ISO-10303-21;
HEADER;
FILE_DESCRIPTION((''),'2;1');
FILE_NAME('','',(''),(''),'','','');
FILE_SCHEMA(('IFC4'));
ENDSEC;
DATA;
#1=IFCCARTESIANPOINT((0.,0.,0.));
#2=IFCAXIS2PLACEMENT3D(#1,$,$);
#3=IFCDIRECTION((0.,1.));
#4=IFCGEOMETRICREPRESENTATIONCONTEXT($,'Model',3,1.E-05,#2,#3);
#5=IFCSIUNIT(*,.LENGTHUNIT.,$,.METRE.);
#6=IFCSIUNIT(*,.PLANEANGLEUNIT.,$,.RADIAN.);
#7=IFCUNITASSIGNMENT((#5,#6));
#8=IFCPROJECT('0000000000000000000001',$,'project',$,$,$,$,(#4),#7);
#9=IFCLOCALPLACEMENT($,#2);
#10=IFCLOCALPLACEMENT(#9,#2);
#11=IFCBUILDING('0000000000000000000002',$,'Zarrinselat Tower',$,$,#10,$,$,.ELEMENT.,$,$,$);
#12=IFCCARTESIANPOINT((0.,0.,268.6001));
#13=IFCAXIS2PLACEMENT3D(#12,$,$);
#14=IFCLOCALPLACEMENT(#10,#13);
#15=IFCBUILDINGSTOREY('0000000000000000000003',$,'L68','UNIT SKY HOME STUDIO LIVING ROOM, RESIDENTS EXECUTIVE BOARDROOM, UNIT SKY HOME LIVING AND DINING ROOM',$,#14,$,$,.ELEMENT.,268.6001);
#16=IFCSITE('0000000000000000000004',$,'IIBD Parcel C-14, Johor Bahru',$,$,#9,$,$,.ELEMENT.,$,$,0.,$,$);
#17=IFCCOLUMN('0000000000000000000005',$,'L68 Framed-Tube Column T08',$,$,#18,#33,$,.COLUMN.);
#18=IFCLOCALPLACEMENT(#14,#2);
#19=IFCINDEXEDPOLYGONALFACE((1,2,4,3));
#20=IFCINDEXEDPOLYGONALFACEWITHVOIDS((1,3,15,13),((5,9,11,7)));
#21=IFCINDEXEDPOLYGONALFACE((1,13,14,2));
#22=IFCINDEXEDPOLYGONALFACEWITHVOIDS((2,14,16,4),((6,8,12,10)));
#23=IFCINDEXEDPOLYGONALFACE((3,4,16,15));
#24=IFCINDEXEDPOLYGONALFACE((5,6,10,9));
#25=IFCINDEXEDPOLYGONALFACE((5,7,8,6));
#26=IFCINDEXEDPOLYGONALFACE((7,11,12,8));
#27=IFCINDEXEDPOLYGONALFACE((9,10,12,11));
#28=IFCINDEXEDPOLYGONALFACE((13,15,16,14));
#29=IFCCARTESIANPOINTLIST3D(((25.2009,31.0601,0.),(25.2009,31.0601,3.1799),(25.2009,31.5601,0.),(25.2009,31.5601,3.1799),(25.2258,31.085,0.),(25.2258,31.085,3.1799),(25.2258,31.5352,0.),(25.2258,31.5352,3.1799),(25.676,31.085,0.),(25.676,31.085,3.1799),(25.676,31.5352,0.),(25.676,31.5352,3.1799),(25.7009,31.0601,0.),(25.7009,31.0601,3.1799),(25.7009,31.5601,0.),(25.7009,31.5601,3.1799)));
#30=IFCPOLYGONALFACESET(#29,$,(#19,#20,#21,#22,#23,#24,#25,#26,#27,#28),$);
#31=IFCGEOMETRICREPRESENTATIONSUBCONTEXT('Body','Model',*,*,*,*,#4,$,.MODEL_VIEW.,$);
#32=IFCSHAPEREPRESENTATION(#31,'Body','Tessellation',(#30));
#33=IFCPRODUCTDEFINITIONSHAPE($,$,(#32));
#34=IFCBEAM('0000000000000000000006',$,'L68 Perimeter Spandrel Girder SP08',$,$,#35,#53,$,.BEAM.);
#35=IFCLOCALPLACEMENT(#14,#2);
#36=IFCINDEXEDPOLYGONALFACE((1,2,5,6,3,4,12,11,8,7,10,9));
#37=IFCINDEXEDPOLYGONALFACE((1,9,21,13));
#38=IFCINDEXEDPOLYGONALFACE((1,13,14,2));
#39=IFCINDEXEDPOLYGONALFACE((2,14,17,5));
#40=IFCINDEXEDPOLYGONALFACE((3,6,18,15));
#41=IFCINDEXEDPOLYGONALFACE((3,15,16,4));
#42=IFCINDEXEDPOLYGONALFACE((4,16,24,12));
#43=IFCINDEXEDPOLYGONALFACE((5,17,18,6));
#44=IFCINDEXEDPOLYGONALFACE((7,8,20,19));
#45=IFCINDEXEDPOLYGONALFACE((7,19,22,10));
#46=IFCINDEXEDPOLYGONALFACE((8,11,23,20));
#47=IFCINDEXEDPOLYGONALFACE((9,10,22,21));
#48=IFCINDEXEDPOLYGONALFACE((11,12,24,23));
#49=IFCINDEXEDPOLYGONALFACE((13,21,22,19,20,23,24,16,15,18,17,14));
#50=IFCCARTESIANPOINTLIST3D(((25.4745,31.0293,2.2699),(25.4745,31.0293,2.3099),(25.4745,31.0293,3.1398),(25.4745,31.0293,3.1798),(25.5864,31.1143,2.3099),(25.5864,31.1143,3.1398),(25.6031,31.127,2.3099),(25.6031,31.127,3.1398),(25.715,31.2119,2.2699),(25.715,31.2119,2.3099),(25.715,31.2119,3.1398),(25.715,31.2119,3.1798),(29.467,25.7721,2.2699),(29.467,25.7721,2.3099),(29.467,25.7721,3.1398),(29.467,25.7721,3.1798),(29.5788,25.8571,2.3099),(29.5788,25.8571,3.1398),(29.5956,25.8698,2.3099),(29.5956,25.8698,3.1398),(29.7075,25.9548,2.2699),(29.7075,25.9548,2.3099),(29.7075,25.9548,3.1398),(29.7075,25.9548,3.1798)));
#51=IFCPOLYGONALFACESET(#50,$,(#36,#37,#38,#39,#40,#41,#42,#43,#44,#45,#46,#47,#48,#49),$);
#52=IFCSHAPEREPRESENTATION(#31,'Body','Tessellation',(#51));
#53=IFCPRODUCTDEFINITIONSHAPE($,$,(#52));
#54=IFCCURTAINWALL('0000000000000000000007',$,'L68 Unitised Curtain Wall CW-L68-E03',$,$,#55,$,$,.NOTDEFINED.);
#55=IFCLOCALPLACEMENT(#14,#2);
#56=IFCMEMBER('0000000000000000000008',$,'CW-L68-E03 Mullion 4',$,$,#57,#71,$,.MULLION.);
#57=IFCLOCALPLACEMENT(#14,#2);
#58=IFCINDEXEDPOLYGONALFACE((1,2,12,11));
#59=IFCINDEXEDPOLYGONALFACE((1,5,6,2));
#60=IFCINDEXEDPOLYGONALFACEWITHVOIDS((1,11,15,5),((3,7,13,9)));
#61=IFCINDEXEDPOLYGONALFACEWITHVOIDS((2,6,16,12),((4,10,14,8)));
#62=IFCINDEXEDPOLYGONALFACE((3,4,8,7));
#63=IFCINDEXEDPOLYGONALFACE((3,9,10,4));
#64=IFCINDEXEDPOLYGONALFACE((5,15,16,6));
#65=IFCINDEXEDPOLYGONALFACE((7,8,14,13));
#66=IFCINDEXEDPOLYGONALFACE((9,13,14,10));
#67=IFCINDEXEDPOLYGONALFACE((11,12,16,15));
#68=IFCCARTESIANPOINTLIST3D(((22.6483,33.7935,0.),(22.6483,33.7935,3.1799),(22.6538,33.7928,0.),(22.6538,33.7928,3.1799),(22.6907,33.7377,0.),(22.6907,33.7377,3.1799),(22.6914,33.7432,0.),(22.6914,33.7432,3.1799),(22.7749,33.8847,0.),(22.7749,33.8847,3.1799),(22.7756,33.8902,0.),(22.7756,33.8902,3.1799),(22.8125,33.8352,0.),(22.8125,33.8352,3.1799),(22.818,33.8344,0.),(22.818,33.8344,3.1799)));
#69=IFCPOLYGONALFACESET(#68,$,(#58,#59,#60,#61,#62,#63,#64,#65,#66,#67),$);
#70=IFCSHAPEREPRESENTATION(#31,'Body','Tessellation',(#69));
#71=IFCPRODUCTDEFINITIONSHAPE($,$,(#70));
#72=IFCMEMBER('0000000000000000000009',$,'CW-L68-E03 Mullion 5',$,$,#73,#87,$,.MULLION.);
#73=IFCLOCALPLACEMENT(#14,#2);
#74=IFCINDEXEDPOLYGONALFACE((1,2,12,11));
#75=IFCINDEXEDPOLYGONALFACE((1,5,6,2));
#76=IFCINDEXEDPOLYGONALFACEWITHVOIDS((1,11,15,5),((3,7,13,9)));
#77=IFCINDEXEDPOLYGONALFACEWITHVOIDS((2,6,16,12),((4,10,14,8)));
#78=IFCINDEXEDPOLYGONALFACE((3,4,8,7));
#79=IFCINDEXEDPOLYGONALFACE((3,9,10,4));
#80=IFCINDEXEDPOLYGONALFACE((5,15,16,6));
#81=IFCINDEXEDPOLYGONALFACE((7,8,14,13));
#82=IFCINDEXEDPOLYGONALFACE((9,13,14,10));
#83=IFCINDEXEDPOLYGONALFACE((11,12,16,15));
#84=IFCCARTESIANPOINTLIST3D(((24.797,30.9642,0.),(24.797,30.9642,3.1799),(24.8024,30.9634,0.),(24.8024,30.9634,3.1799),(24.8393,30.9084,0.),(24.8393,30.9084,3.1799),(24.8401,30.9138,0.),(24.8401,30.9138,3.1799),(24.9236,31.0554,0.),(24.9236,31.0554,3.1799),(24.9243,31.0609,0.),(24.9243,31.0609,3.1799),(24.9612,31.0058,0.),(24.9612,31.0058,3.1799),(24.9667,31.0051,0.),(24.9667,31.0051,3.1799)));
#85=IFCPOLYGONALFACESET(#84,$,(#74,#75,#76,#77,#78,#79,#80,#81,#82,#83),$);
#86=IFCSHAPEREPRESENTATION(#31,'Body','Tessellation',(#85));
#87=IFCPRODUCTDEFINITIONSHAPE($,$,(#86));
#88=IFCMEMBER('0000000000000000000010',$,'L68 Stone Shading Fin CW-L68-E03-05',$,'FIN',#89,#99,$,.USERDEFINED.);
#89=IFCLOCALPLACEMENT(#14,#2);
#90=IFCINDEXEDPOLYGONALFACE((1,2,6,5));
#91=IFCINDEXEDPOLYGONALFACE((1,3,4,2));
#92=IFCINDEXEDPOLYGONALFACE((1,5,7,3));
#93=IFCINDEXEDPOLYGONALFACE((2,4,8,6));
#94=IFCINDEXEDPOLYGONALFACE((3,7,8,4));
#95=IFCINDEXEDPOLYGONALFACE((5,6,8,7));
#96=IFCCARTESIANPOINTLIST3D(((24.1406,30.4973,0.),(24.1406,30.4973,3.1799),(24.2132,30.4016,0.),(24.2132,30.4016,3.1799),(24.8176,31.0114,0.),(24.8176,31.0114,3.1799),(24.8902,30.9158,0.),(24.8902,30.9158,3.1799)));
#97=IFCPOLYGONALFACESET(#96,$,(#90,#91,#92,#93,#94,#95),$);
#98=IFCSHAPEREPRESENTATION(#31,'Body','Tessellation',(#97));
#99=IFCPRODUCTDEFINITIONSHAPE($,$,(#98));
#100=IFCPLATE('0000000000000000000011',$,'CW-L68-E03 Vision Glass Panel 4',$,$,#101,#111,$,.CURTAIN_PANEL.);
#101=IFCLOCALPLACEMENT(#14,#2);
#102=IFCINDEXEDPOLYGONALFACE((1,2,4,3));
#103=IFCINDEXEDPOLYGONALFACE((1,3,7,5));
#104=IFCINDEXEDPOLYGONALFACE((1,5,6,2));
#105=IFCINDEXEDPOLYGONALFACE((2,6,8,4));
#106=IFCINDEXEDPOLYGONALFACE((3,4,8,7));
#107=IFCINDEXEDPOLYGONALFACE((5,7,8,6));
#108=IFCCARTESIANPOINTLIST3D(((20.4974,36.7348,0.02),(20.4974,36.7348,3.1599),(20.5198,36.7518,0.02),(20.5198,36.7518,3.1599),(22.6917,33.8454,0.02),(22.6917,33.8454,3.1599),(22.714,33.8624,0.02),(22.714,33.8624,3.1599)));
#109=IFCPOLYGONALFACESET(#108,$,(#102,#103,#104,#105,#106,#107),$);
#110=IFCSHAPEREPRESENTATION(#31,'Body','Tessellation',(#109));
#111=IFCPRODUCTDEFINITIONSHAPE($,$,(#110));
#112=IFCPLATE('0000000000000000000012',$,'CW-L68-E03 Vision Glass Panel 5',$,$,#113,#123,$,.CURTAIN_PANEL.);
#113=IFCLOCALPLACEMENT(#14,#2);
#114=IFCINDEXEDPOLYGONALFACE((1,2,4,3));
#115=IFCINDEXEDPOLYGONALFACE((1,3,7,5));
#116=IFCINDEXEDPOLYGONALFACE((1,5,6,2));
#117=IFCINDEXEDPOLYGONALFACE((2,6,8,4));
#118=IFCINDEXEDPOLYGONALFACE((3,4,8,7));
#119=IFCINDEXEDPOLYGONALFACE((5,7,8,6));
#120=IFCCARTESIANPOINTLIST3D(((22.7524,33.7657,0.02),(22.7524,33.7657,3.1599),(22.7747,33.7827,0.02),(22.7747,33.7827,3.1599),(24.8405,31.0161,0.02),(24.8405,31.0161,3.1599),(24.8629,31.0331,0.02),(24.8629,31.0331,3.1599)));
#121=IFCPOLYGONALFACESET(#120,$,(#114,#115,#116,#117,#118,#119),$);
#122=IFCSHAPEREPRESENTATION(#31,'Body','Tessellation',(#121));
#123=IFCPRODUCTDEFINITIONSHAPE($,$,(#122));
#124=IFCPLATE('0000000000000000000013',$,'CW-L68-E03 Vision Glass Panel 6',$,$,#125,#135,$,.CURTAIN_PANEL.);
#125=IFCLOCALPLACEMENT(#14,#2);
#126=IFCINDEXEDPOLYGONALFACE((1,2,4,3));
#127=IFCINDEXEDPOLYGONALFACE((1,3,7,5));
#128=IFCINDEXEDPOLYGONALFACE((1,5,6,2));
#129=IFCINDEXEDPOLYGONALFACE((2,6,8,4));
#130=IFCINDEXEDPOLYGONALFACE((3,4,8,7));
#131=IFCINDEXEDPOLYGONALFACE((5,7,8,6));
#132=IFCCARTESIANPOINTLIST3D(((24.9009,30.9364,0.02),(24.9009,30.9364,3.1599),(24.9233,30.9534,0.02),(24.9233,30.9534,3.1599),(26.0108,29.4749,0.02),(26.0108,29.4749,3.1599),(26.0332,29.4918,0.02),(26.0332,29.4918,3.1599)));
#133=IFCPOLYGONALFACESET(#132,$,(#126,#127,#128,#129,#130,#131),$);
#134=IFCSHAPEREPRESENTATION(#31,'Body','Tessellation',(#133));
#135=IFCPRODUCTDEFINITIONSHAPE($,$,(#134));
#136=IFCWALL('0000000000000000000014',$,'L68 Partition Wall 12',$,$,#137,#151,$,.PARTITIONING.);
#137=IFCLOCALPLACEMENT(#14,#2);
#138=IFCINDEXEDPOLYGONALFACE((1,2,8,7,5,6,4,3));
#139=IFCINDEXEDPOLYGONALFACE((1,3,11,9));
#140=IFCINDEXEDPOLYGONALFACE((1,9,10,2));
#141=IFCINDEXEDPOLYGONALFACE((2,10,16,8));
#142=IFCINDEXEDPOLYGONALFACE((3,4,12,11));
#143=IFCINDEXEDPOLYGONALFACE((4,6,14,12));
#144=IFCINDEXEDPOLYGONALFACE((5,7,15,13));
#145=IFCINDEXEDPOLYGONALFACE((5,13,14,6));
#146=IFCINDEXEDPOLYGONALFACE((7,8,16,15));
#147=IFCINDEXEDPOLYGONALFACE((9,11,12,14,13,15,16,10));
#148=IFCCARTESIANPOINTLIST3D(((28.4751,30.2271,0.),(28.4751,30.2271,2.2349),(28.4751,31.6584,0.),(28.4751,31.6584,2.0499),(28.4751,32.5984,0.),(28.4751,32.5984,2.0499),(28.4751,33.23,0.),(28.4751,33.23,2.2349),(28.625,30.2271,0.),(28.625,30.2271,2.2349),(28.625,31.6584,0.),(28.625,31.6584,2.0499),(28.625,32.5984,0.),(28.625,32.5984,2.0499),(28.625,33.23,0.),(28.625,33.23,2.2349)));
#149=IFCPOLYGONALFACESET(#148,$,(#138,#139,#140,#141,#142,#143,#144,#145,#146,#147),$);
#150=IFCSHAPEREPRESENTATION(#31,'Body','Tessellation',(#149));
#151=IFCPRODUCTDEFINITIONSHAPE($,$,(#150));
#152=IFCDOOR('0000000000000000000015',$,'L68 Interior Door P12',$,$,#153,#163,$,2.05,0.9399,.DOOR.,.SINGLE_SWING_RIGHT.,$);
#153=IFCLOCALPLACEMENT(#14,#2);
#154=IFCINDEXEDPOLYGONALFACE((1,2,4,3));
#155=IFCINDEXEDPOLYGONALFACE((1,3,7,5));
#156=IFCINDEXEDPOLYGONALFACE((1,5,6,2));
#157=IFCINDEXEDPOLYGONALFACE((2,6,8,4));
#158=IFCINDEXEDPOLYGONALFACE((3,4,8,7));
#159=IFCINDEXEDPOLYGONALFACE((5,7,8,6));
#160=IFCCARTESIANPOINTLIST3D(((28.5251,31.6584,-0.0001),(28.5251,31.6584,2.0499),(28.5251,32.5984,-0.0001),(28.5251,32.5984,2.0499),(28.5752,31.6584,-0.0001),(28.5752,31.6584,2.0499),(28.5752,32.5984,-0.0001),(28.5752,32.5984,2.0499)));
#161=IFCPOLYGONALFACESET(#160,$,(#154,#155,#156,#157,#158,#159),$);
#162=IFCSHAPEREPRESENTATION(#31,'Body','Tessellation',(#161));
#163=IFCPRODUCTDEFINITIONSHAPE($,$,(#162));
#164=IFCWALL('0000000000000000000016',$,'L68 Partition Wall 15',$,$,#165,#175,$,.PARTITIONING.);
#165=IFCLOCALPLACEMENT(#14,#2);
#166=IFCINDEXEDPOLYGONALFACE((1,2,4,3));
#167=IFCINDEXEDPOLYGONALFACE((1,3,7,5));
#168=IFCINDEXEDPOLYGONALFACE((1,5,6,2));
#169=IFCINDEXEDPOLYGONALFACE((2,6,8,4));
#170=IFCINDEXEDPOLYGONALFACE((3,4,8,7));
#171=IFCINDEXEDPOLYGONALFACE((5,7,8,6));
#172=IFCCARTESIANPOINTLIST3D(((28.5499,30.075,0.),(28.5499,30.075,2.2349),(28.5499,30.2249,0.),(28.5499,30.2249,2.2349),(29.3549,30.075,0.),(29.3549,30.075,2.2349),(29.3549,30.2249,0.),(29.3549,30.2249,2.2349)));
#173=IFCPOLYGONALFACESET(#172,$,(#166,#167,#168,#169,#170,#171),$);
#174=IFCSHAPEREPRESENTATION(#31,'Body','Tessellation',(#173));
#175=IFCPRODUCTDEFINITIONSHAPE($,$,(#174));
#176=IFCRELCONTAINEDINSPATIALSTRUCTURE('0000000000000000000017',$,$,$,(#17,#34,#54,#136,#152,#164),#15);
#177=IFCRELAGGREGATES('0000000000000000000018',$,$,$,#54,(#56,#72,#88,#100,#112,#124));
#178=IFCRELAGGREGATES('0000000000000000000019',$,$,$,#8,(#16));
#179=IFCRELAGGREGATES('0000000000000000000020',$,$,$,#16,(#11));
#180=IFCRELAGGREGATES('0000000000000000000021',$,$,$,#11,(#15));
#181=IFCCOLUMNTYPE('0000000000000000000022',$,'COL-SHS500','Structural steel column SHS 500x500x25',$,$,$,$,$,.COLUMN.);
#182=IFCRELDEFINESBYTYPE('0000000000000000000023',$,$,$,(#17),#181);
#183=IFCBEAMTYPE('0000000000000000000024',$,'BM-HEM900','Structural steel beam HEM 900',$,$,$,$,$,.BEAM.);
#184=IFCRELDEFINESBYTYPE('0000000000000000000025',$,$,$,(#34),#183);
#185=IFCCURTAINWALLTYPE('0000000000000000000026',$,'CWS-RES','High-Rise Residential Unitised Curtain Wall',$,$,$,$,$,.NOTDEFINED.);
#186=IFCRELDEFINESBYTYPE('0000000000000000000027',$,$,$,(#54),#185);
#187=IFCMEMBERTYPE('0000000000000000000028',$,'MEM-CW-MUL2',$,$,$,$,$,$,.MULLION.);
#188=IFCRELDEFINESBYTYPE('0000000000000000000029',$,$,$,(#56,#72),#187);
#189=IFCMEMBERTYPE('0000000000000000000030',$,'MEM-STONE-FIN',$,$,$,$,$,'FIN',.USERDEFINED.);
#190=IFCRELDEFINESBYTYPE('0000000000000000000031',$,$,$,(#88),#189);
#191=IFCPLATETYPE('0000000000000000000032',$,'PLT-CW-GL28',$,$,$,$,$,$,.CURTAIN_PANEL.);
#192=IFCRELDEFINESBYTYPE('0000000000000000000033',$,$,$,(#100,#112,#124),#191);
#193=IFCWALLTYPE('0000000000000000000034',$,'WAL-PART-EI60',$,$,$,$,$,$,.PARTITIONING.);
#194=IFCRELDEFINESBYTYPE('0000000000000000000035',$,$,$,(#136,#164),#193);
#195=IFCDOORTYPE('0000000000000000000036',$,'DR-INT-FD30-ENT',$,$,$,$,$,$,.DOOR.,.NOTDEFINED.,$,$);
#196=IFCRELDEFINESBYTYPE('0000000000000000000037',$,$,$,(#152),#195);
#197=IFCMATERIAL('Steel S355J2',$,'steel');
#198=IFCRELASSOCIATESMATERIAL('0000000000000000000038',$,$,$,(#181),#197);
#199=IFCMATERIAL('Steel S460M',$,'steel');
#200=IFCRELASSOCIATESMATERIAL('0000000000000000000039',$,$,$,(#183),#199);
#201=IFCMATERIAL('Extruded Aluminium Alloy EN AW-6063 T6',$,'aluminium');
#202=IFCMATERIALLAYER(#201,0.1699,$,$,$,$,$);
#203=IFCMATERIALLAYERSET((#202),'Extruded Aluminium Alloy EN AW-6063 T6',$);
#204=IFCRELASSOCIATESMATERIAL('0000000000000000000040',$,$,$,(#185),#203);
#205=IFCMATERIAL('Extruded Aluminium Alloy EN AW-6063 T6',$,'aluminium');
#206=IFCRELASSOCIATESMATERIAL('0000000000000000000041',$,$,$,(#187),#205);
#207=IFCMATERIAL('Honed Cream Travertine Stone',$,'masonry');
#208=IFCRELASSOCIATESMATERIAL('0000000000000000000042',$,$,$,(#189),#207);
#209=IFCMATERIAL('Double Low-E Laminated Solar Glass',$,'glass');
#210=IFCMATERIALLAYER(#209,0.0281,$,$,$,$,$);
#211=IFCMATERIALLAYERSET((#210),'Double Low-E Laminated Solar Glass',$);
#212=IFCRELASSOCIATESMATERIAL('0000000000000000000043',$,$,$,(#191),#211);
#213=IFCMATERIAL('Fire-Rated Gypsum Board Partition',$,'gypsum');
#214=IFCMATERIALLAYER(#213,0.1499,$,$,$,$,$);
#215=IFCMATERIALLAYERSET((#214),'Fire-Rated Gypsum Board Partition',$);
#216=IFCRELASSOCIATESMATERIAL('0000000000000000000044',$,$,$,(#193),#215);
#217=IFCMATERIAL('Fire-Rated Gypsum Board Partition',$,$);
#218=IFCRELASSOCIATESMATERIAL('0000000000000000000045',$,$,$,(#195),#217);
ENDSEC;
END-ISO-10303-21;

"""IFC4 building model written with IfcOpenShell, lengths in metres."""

from ifc_helpers import new_model, si_unit, direction, frame, frame_2d, origin, origin_2d, place, context, subcontext, project, spatial, rectangle, hollow_rectangle, i_section, extrude, material, layer, layer_set, material_profile, profile_set, type_object, element, fill, aggregate, save


model = new_model("IFC4")

# Units and contexts
model_context = context("Model", 3, precision=1e-05, world=origin(), true_north=direction((0.0, 1.0)))
body_context = subcontext(model_context, "Body", "Model", "MODEL_VIEW")
ifc_project = project(units=[si_unit("LENGTHUNIT", "METRE"), si_unit("PLANEANGLEUNIT", "RADIAN")], contexts=[model_context])

# Site, building, storey
site_placement = place(None, origin())
site = spatial("IfcSite", under=ifc_project, at=site_placement, Name="IIBD Parcel C-14, Johor Bahru", CompositionType="ELEMENT", RefElevation=0.0)
building_placement = place(site_placement, origin())
building = spatial("IfcBuilding", under=site, at=building_placement, Name="Zarrinselat Tower", CompositionType="ELEMENT")
storey_placement = place(building_placement, frame((0.0, 0.0, 268.6001)))
storey = spatial("IfcBuildingStorey", under=building, at=storey_placement, Name="L68", Description="UNIT SKY HOME STUDIO LIVING ROOM, RESIDENTS EXECUTIVE BOARDROOM, UNIT SKY HOME LIVING AND DINING ROOM", CompositionType="ELEMENT", Elevation=268.6001)

# Column
ifc_material_1 = material(Name="Steel S355J2", Category="steel")
ifc_material_profile_1 = material_profile(ifc_material_1, hollow_rectangle(XDim=0.5, YDim=0.5, WallThickness=0.0249, at=origin_2d()), Name="SHS 500x500x25")
ifc_profile_set_1 = profile_set([ifc_material_profile_1], Name="Steel S355J2")
column_type = type_object("IfcColumnType", Name="COL-SHS500", Description="Structural steel column SHS 500x500x25", PredefinedType="COLUMN", material=ifc_profile_set_1)
column_placement = place(storey_placement, frame((25.4509, 31.3101, 0.0), z_axis=(0.0, 0.0, 1.0), x_axis=(1.0, 0.0, 0.0)))
element("IfcColumn", 1, at=column_placement, inside=storey, type_object=column_type, Name="L68 Framed-Tube Column T08", PredefinedType="COLUMN", context=body_context, shape_type="SweptSolid", body=[
    extrude(hollow_rectangle(XDim=0.5, YDim=0.5, WallThickness=0.0249, at=origin_2d()), origin(), (0.0, 0.0, 1.0), 3.1799),
])

# Beam
ifc_material_2 = material(Name="Steel S460M", Category="steel")
ifc_material_profile_2 = material_profile(ifc_material_2, i_section(OverallWidth=0.302, OverallDepth=0.9099, WebThickness=0.021, FlangeThickness=0.04, at=origin_2d()), Name="HEM 900")
ifc_profile_set_2 = profile_set([ifc_material_profile_2], Name="Steel S460M")
beam_type = type_object("IfcBeamType", Name="BM-HEM900", Description="Structural steel beam HEM 900", PredefinedType="BEAM", material=ifc_profile_set_2)
beam_placement = place(storey_placement, frame((25.5947, 31.1206, 2.7249), z_axis=(0.6048, -0.796377, 0.0), x_axis=(0.796377, 0.6048, 0.0)))
element("IfcBeam", 2, at=beam_placement, inside=storey, type_object=beam_type, Name="L68 Perimeter Spandrel Girder SP08", PredefinedType="BEAM", context=body_context, shape_type="SweptSolid", body=[
    extrude(i_section(OverallWidth=0.302, OverallDepth=0.9099, WebThickness=0.021, FlangeThickness=0.04, at=origin_2d()), origin(), (0.0, 0.0, 1.0), 6.6013),
])

# Curtain wall, members, plates
ifc_material_3 = material(Name="Extruded Aluminium Alloy EN AW-6063 T6", Category="aluminium")
ifc_layer_1 = layer(ifc_material_3, 0.1699)
ifc_layer_set_1 = layer_set([ifc_layer_1], Name="Extruded Aluminium Alloy EN AW-6063 T6")
curtain_wall_type = type_object("IfcCurtainWallType", Name="CWS-RES", Description="High-Rise Residential Unitised Curtain Wall", PredefinedType="NOTDEFINED", material=ifc_layer_set_1)
curtain_wall_placement = place(storey_placement, origin())
curtain_wall = element("IfcCurtainWall", 3, at=curtain_wall_placement, inside=storey, type_object=curtain_wall_type, Name="L68 Unitised Curtain Wall CW-L68-E03", PredefinedType="NOTDEFINED")
ifc_material_4 = material(Name="Extruded Aluminium Alloy EN AW-6063 T6", Category="aluminium")
ifc_material_profile_3 = material_profile(ifc_material_4, hollow_rectangle(XDim=0.0701, YDim=0.1599, WallThickness=0.0039, at=origin_2d()), Name="RHS 160x70x4")
ifc_profile_set_3 = profile_set([ifc_material_profile_3], Name="Extruded Aluminium Alloy EN AW-6063 T6")
member_type_1 = type_object("IfcMemberType", Name="MEM-CW-MUL2", PredefinedType="MULLION", material=ifc_profile_set_3)
member_1_placement = place(storey_placement, frame((22.7332, 33.814, 0.0), z_axis=(0.0, 0.0, 1.0), x_axis=(0.604788, -0.796387, 0.0)))
member_1 = element("IfcMember", 4, at=member_1_placement, type_object=member_type_1, Name="CW-L68-E03 Mullion 4", PredefinedType="MULLION", context=body_context, shape_type="SweptSolid", body=[
    extrude(hollow_rectangle(XDim=0.0701, YDim=0.1599, WallThickness=0.0039, at=origin_2d()), origin(), (0.0, 0.0, 1.0), 3.1799),
])
member_2_placement = place(storey_placement, frame((24.8818, 30.9846, 0.0), z_axis=(0.0, 0.0, 1.0), x_axis=(0.604788, -0.796387, 0.0)))
member_2 = element("IfcMember", 5, at=member_2_placement, type_object=member_type_1, Name="CW-L68-E03 Mullion 5", PredefinedType="MULLION", context=body_context, shape_type="SweptSolid", body=[
    extrude(hollow_rectangle(XDim=0.0701, YDim=0.1599, WallThickness=0.0039, at=origin_2d()), origin(), (0.0, 0.0, 1.0), 3.1799),
])
ifc_material_5 = material(Name="Honed Cream Travertine Stone", Category="masonry")
ifc_material_profile_4 = material_profile(ifc_material_5, rectangle(XDim=0.1201, YDim=0.8501, at=origin_2d()), Name="FIN 850x120")
ifc_profile_set_4 = profile_set([ifc_material_profile_4], Name="Honed Cream Travertine Stone")
member_type_2 = type_object("IfcMemberType", Name="MEM-STONE-FIN", ElementType="FIN", PredefinedType="USERDEFINED", material=ifc_profile_set_4)
member_3_placement = place(storey_placement, frame((24.5154, 30.7065, 0.0), z_axis=(0.0, 0.0, 1.0), x_axis=(-0.604788, 0.796387, 0.0)))
member_3 = element("IfcMember", 6, at=member_3_placement, type_object=member_type_2, Name="L68 Stone Shading Fin CW-L68-E03-05", ObjectType="FIN", PredefinedType="USERDEFINED", context=body_context, shape_type="SweptSolid", body=[
    extrude(rectangle(XDim=0.1201, YDim=0.8501, at=origin_2d()), origin(), (0.0, 0.0, 1.0), 3.1799),
])
ifc_material_6 = material(Name="Double Low-E Laminated Solar Glass", Category="glass")
ifc_layer_2 = layer(ifc_material_6, 0.0281)
ifc_layer_set_2 = layer_set([ifc_layer_2], Name="Double Low-E Laminated Solar Glass")
plate_type = type_object("IfcPlateType", Name="PLT-CW-GL28", PredefinedType="CURTAIN_PANEL", material=ifc_layer_set_2)
plate_1_placement = place(storey_placement, frame((21.6057, 35.2986, 0.02), z_axis=(0.0, 0.0, 1.0), x_axis=(0.604788, -0.796387, 0.0)))
plate_1 = element("IfcPlate", 7, at=plate_1_placement, type_object=plate_type, Name="CW-L68-E03 Vision Glass Panel 4", PredefinedType="CURTAIN_PANEL", context=body_context, shape_type="SweptSolid", body=[
    extrude(rectangle(XDim=3.6282, YDim=0.0281, at=origin_2d()), origin(), (0.0, 0.0, 1.0), 3.1399),
])
plate_2_placement = place(storey_placement, frame((23.8076, 32.3994, 0.02), z_axis=(0.0, 0.0, 1.0), x_axis=(0.604788, -0.796387, 0.0)))
plate_2 = element("IfcPlate", 8, at=plate_2_placement, type_object=plate_type, Name="CW-L68-E03 Vision Glass Panel 5", PredefinedType="CURTAIN_PANEL", context=body_context, shape_type="SweptSolid", body=[
    extrude(rectangle(XDim=3.4526, YDim=0.0281, at=origin_2d()), origin(), (0.0, 0.0, 1.0), 3.1399),
])
plate_3_placement = place(storey_placement, frame((25.467, 30.2141, 0.02), z_axis=(0.0, 0.0, 1.0), x_axis=(0.604788, -0.796387, 0.0)))
plate_3 = element("IfcPlate", 9, at=plate_3_placement, type_object=plate_type, Name="CW-L68-E03 Vision Glass Panel 6", PredefinedType="CURTAIN_PANEL", context=body_context, shape_type="SweptSolid", body=[
    extrude(rectangle(XDim=1.8352, YDim=0.0281, at=origin_2d()), origin(), (0.0, 0.0, 1.0), 3.1399),
])
aggregate(curtain_wall, [member_1, member_2, member_3, plate_1, plate_2, plate_3])

# Wall, opening, door
ifc_material_7 = material(Name="Fire-Rated Gypsum Board Partition", Category="gypsum")
ifc_layer_3 = layer(ifc_material_7, 0.1499)
ifc_layer_set_3 = layer_set([ifc_layer_3], Name="Fire-Rated Gypsum Board Partition")
wall_type_1 = type_object("IfcWallType", Name="WAL-PART-EI60", PredefinedType="PARTITIONING", material=ifc_layer_set_3)
wall_1_placement = place(storey_placement, frame((28.55, 30.2271, 0.0), z_axis=(0.0, 0.0, 1.0), x_axis=(0.0, 1.0, 0.0)))
wall_1 = element("IfcWall", 10, at=wall_1_placement, inside=storey, type_object=wall_type_1, Name="L68 Partition Wall 12", PredefinedType="PARTITIONING", context=body_context, shape_type="SweptSolid", body=[
    extrude(rectangle(XDim=3.0029, YDim=0.1499, at=frame_2d((1.5015, 0.0))), origin(), (0.0, 0.0, 1.0), 2.2349),
])
opening_1_placement = place(wall_1_placement, frame((1.4314, 0.0, 0.0)))
opening_1 = element("IfcOpeningElement", 11, at=opening_1_placement, cuts=wall_1, PredefinedType="OPENING", context=body_context, shape_type="SweptSolid", body=[
    extrude(rectangle(XDim=0.9399, YDim=2.05, at=frame_2d((0.47, 1.0249))), frame((0.0, 0.085, 0.0), z_axis=(0.0, -1.0, 0.0), x_axis=(1.0, 0.0, 0.0)), (0.0, 0.0, 1.0), 0.1699),
])
ifc_material_8 = material(Name="Fire-Rated Gypsum Board Partition")
door_type_1 = type_object("IfcDoorType", Name="DR-INT-FD30-ENT", OperationType="NOTDEFINED", PredefinedType="DOOR", material=ifc_material_8)
door_1_placement = place(opening_1_placement, origin())
door_1 = element("IfcDoor", 12, at=door_1_placement, inside=storey, type_object=door_type_1, Name="L68 Interior Door P12", OperationType="SINGLE_SWING_RIGHT", OverallHeight=2.05, OverallWidth=0.9399, PredefinedType="DOOR", context=body_context, shape_type="SweptSolid", body=[
    extrude(rectangle(XDim=0.9399, YDim=2.05, at=frame_2d((0.47, 1.0249))), frame((0.0, 0.0249, 0.0), z_axis=(0.0, -1.0, 0.0), x_axis=(1.0, 0.0, 0.0)), (0.0, 0.0, 1.0), 0.05),
])
fill(opening_1, door_1)

# Wall
wall_2_placement = place(storey_placement, frame((28.55, 30.1499, 0.0), z_axis=(0.0, 0.0, 1.0), x_axis=(1.0, 0.0, 0.0)))
element("IfcWall", 13, at=wall_2_placement, inside=storey, type_object=wall_type_1, Name="L68 Partition Wall 15", PredefinedType="PARTITIONING", context=body_context, shape_type="SweptSolid", body=[
    extrude(rectangle(XDim=0.8049, YDim=0.1499, at=frame_2d((0.4023, 0.0))), origin(), (0.0, 0.0, 1.0), 2.2349),
])

save(model, "model.ifc")
